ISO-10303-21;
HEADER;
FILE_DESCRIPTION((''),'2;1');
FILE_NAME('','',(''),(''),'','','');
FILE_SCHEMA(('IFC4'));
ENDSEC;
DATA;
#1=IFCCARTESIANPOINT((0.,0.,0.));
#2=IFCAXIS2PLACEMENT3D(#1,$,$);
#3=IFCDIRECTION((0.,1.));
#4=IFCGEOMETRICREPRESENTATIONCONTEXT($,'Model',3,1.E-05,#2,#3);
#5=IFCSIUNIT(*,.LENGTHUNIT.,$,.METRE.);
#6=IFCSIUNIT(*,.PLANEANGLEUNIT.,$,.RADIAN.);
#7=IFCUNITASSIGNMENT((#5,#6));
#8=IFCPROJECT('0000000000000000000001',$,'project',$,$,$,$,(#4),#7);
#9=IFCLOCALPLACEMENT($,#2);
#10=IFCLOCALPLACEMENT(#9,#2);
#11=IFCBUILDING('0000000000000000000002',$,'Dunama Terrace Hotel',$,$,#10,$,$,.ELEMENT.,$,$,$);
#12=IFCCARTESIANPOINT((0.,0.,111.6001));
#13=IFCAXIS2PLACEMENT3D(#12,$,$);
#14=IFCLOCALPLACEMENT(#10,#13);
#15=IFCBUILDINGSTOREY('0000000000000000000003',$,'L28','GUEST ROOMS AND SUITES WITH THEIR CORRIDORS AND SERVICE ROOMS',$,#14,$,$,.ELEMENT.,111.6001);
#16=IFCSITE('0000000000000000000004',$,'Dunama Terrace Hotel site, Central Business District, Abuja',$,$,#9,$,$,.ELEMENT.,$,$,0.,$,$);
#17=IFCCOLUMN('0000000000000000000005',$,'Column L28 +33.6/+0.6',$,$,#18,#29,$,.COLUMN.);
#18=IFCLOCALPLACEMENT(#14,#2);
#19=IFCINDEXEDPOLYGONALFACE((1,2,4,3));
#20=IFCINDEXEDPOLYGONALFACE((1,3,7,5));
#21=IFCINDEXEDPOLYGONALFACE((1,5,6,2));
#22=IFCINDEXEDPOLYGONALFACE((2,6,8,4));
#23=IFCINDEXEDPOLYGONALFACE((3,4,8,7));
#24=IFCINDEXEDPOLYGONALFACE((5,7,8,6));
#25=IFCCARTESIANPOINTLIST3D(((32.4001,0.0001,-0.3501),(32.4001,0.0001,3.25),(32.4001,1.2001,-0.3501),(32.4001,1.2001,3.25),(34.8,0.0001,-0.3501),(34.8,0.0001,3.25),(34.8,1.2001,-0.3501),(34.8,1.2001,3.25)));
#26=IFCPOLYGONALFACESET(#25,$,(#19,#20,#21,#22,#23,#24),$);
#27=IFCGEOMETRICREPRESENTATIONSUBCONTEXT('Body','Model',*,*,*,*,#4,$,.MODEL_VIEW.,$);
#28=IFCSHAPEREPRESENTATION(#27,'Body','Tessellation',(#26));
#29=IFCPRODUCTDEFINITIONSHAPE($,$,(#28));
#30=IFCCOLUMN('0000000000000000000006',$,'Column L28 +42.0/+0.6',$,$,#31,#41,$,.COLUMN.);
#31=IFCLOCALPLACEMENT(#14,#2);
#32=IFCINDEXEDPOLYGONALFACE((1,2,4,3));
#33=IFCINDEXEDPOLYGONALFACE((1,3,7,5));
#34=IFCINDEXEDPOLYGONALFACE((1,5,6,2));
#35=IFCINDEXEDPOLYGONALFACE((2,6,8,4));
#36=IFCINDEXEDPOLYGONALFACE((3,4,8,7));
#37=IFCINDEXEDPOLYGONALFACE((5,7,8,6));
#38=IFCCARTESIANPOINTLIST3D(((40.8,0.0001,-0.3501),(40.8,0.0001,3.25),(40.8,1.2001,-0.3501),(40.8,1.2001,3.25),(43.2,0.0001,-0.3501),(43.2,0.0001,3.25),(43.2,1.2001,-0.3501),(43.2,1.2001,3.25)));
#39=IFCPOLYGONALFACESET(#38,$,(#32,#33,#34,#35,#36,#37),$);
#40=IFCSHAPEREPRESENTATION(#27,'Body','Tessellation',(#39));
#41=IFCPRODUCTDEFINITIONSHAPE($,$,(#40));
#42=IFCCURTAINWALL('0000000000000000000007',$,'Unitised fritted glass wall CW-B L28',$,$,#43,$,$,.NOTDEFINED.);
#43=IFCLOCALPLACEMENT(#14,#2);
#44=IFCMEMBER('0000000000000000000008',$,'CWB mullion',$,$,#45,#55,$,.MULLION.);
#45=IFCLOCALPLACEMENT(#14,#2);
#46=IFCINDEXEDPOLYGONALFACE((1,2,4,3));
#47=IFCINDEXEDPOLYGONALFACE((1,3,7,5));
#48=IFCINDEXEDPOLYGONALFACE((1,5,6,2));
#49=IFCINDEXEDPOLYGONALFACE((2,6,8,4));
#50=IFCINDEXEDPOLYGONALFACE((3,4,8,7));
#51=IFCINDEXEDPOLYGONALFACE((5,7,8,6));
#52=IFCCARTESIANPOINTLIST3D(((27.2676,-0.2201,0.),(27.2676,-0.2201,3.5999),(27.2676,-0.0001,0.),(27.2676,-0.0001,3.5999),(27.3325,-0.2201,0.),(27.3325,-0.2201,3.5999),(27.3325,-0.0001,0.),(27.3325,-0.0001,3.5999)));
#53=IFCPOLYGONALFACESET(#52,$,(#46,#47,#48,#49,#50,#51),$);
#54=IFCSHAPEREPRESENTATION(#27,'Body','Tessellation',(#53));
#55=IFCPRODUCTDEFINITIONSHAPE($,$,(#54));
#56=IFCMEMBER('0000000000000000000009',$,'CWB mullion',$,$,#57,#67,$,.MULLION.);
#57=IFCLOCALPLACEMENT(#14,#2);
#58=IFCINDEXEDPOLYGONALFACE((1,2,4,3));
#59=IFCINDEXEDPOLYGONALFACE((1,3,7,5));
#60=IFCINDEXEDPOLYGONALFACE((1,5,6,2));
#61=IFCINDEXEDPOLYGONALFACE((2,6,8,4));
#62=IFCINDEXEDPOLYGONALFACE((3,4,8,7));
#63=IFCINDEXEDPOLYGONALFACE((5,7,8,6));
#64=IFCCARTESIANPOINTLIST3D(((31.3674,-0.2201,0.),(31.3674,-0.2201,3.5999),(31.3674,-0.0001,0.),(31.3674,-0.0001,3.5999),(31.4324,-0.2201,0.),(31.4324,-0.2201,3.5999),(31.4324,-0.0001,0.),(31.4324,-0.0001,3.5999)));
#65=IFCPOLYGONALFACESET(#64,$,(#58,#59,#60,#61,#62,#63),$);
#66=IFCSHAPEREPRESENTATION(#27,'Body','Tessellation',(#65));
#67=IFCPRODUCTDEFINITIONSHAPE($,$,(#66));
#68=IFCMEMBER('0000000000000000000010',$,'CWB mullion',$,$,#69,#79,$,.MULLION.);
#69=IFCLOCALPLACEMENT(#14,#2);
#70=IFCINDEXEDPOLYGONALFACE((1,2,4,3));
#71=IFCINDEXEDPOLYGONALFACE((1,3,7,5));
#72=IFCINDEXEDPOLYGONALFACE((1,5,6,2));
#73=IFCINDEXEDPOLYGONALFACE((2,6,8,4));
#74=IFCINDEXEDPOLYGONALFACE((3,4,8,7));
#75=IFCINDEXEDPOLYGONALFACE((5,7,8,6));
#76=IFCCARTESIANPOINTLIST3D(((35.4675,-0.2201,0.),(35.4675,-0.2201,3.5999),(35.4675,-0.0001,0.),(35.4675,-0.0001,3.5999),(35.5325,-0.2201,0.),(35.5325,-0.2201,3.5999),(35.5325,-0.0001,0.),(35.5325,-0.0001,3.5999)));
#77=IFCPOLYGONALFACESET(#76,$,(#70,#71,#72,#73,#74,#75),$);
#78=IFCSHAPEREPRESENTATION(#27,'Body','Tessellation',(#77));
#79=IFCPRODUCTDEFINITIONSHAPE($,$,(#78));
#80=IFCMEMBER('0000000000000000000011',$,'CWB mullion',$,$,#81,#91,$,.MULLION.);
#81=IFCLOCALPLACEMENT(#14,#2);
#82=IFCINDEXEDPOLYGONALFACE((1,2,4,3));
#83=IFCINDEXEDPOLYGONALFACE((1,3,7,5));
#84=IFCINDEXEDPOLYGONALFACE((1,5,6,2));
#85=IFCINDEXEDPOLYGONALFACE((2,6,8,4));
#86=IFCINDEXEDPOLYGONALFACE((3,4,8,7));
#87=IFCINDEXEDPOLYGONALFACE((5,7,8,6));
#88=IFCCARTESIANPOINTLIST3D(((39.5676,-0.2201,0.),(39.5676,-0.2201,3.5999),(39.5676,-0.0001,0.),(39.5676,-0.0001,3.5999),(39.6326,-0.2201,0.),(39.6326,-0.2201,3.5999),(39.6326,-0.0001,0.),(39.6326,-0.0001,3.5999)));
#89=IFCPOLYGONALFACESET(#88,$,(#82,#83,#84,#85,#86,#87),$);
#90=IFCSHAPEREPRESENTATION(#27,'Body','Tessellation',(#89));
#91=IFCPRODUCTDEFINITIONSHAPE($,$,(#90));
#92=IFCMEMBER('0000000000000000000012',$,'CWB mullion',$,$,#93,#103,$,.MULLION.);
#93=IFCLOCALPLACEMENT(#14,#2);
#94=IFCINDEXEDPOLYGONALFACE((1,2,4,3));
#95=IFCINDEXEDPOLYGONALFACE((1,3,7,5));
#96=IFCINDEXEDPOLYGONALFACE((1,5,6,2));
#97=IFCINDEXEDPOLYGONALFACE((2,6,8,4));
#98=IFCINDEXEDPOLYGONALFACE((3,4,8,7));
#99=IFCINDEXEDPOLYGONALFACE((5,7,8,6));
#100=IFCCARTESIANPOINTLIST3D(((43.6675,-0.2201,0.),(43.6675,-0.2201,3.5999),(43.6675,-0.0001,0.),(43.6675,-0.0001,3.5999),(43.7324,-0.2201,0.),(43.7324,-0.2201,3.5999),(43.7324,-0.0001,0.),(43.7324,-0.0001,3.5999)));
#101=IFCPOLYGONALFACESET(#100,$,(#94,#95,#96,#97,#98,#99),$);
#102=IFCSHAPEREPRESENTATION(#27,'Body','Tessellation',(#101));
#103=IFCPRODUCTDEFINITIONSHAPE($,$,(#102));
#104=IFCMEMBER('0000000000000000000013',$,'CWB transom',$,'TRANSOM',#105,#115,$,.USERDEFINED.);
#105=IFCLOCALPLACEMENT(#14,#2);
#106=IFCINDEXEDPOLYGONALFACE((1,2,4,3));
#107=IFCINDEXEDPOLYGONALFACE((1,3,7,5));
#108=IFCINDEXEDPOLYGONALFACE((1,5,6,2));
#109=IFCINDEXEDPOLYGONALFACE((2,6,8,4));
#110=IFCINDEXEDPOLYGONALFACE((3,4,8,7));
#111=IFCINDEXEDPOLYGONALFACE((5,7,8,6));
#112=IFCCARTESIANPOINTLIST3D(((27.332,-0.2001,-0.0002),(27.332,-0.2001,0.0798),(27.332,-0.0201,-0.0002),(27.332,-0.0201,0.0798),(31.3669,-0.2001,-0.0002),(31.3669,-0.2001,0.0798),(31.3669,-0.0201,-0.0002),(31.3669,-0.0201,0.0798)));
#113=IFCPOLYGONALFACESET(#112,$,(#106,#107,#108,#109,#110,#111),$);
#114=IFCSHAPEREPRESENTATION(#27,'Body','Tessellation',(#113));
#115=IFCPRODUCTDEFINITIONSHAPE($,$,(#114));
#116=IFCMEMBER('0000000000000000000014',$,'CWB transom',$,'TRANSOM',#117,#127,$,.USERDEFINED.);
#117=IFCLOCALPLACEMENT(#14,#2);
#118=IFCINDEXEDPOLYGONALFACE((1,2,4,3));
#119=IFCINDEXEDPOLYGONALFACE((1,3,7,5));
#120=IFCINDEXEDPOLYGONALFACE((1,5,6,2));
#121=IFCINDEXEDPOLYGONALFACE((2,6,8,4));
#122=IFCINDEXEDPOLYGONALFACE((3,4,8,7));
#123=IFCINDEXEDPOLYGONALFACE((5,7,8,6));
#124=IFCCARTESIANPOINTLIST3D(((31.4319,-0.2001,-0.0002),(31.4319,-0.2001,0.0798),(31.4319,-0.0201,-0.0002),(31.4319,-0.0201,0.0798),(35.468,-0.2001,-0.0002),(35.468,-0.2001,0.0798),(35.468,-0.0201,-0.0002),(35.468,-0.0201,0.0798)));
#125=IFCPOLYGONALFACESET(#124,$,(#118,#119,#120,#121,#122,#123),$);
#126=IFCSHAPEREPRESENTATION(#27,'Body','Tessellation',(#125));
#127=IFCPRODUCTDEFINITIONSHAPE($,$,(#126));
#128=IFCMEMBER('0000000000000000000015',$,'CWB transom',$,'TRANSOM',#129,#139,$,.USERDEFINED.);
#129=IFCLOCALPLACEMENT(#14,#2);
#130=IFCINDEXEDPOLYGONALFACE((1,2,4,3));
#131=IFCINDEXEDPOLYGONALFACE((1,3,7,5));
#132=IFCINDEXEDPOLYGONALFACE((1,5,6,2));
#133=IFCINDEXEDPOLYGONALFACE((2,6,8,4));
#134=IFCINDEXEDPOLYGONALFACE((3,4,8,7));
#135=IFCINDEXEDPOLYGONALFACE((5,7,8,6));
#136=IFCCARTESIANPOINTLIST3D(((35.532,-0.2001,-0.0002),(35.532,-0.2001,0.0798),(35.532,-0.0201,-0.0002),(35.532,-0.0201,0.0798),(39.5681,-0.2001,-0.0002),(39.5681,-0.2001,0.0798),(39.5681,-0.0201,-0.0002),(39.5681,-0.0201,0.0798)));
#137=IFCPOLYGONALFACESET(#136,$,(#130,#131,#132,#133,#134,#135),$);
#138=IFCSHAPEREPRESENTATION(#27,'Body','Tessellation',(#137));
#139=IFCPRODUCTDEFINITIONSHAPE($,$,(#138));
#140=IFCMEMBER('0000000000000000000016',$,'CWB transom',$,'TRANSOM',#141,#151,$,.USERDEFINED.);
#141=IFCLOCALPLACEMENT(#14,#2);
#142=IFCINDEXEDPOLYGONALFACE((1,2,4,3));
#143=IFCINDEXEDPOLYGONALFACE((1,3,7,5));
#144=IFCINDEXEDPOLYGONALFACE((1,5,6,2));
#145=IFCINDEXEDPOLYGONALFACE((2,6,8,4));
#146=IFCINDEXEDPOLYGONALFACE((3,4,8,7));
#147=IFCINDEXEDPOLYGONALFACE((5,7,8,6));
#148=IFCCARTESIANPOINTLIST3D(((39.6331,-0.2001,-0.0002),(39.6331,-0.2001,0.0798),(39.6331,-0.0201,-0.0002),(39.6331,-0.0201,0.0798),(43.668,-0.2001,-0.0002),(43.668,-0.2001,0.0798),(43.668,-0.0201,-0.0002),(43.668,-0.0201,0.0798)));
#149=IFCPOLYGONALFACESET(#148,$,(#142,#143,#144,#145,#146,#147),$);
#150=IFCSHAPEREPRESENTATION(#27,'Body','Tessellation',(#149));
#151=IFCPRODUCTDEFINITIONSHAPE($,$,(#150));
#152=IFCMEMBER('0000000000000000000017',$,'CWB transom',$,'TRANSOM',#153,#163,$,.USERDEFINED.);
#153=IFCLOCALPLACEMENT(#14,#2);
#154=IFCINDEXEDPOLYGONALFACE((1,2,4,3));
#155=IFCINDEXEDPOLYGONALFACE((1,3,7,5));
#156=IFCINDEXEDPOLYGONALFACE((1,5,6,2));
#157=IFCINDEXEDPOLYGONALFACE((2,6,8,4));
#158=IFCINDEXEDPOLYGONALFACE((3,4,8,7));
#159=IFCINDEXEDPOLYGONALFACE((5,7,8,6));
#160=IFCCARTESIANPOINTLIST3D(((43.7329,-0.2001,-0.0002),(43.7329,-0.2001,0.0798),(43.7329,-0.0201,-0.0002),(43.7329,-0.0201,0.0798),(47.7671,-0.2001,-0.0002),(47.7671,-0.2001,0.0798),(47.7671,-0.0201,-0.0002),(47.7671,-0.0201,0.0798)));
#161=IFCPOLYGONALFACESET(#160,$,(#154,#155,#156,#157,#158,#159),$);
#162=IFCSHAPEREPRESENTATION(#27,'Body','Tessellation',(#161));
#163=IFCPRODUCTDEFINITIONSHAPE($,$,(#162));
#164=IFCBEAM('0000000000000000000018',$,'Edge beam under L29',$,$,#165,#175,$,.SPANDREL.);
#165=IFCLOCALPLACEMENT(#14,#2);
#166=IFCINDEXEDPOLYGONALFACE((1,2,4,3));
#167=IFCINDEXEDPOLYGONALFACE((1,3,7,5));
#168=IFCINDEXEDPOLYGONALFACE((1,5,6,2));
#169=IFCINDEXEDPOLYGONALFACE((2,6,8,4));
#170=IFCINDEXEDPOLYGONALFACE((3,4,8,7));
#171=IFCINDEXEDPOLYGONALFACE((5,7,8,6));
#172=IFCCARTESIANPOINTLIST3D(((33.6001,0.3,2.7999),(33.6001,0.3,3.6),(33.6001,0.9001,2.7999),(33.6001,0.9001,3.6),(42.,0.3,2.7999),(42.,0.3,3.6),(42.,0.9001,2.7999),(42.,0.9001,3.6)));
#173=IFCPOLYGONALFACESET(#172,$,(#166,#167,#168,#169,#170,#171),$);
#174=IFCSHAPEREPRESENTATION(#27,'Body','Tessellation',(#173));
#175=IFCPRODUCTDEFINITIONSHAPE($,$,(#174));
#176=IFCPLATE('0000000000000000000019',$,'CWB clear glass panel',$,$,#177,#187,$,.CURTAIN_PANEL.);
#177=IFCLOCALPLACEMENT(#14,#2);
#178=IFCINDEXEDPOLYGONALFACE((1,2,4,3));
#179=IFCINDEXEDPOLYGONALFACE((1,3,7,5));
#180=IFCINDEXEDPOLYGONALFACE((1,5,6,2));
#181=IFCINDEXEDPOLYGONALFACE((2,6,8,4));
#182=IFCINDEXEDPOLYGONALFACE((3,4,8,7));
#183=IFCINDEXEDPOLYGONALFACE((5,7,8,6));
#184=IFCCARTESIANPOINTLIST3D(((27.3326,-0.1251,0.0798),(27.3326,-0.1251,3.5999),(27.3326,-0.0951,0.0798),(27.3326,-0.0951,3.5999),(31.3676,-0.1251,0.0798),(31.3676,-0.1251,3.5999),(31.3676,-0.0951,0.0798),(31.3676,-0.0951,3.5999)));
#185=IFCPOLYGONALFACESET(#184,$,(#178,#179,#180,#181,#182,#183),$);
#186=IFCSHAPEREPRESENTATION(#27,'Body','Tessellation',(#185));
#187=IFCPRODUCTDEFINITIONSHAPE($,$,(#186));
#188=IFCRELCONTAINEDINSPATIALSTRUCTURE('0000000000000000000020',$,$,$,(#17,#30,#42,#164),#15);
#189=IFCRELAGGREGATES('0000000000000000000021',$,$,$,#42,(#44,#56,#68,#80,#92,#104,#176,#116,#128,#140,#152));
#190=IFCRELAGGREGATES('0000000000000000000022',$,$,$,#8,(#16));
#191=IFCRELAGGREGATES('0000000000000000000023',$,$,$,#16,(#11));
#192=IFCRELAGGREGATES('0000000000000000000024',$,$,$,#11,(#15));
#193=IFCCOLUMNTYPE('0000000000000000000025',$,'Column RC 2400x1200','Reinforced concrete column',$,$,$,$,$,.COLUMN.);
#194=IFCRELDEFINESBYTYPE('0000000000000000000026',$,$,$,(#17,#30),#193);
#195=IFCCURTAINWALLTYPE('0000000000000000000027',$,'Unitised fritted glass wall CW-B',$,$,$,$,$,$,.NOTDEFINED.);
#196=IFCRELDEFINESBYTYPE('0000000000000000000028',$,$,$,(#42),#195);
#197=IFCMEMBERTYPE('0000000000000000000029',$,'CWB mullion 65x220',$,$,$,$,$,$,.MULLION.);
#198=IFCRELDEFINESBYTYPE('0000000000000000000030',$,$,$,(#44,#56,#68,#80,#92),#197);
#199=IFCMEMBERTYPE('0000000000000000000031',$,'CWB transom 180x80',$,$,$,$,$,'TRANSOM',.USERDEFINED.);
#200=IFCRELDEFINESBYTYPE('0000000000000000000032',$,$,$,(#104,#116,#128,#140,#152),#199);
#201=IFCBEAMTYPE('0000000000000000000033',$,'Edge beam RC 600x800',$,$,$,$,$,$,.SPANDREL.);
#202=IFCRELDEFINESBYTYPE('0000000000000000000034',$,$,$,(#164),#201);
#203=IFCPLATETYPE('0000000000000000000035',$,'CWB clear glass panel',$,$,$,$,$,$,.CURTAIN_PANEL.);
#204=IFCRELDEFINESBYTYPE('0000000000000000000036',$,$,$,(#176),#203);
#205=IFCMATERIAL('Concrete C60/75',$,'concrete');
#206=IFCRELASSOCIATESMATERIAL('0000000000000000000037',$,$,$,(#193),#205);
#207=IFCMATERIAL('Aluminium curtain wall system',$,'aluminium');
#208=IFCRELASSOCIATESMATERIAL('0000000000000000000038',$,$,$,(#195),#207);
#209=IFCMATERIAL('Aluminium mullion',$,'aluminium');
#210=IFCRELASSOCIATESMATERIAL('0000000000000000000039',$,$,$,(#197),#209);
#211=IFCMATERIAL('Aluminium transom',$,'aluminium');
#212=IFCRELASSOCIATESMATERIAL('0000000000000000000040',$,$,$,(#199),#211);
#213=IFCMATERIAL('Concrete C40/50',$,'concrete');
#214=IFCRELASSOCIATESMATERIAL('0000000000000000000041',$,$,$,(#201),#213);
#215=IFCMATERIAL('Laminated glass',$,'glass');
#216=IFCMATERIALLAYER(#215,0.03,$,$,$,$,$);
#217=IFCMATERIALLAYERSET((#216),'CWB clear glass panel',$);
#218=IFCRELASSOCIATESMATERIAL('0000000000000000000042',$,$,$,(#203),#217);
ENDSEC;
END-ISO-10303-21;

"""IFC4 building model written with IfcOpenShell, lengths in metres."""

from ifc_helpers import new_model, si_unit, direction, frame, origin, origin_2d, place, context, subcontext, project, spatial, rectangle, extrude, material, layer, layer_set, material_profile, profile_set, type_object, element, aggregate, save


model = new_model("IFC4")

# Units and contexts
model_context = context("Model", 3, precision=1e-05, world=origin(), true_north=direction((0.0, 1.0)))
body_context = subcontext(model_context, "Body", "Model", "MODEL_VIEW")
ifc_project = project(units=[si_unit("LENGTHUNIT", "METRE"), si_unit("PLANEANGLEUNIT", "RADIAN")], contexts=[model_context])

# Site, building, storey
site_placement = place(None, origin())
site = spatial("IfcSite", under=ifc_project, at=site_placement, Name="Dunama Terrace Hotel site, Central Business District, Abuja", CompositionType="ELEMENT", RefElevation=0.0)
building_placement = place(site_placement, origin())
building = spatial("IfcBuilding", under=site, at=building_placement, Name="Dunama Terrace Hotel", CompositionType="ELEMENT")
storey_placement = place(building_placement, frame((0.0, 0.0, 111.6001)))
storey = spatial("IfcBuildingStorey", under=building, at=storey_placement, Name="L28", Description="GUEST ROOMS AND SUITES WITH THEIR CORRIDORS AND SERVICE ROOMS", CompositionType="ELEMENT", Elevation=111.6001)

# Columns
ifc_material_1 = material(Name="Concrete C60/75", Category="concrete")
ifc_material_profile_1 = material_profile(ifc_material_1, rectangle(XDim=2.3999, YDim=1.2, at=origin_2d()), Name="RC 2400x1200")
ifc_profile_set_1 = profile_set([ifc_material_profile_1], Name="Concrete C60/75")
column_type = type_object("IfcColumnType", Name="Column RC 2400x1200", Description="Reinforced concrete column", PredefinedType="COLUMN", material=ifc_profile_set_1)
for number, where, z_axis, x_axis, name in (
    (1, (33.6001, 0.6001, -0.3501), (0.0, 0.0, 1.0), (1.0, 0.0, 0.0), "Column L28 +33.6/+0.6"),
    (2, (42.0, 0.6001, -0.3501), (0.0, 0.0, 1.0), (1.0, 0.0, 0.0), "Column L28 +42.0/+0.6"),
):
    element("IfcColumn", number, at=place(storey_placement, frame(where, z_axis=z_axis, x_axis=x_axis)), inside=storey, type_object=column_type, Name=name, PredefinedType="COLUMN", context=body_context, shape_type="SweptSolid", body=[
        extrude(rectangle(XDim=2.3999, YDim=1.2, at=origin_2d()), origin(), (0.0, 0.0, 1.0), 3.6001),
    ])

# Curtain wall, members
ifc_material_2 = material(Name="Aluminium curtain wall system", Category="aluminium")
curtain_wall_type = type_object("IfcCurtainWallType", Name="Unitised fritted glass wall CW-B", PredefinedType="NOTDEFINED", material=ifc_material_2)
curtain_wall_placement = place(storey_placement, origin())
curtain_wall = element("IfcCurtainWall", 3, at=curtain_wall_placement, inside=storey, type_object=curtain_wall_type, Name="Unitised fritted glass wall CW-B L28", PredefinedType="NOTDEFINED")
ifc_material_3 = material(Name="Aluminium mullion", Category="aluminium")
ifc_material_profile_2 = material_profile(ifc_material_3, rectangle(XDim=0.0649, YDim=0.22, at=origin_2d()), Name="CWB MULLION 65X220")
ifc_profile_set_2 = profile_set([ifc_material_profile_2], Name="Aluminium mullion")
member_type_1 = type_object("IfcMemberType", Name="CWB mullion 65x220", PredefinedType="MULLION", material=ifc_profile_set_2)
member_1_placement = place(storey_placement, frame((27.3, -0.1101, 0.0), z_axis=(0.0, 0.0, 1.0), x_axis=(1.0, 0.0, 0.0)))
member_1 = element("IfcMember", 4, at=member_1_placement, type_object=member_type_1, Name="CWB mullion", PredefinedType="MULLION", context=body_context, shape_type="SweptSolid", body=[
    extrude(rectangle(XDim=0.0649, YDim=0.22, at=origin_2d()), origin(), (0.0, 0.0, 1.0), 3.5999),
])
member_2_placement = place(storey_placement, frame((31.3999, -0.1101, 0.0), z_axis=(0.0, 0.0, 1.0), x_axis=(1.0, 0.0, 0.0)))
member_2 = element("IfcMember", 5, at=member_2_placement, type_object=member_type_1, Name="CWB mullion", PredefinedType="MULLION", context=body_context, shape_type="SweptSolid", body=[
    extrude(rectangle(XDim=0.0649, YDim=0.22, at=origin_2d()), origin(), (0.0, 0.0, 1.0), 3.5999),
])
member_3_placement = place(storey_placement, frame((35.5, -0.1101, 0.0), z_axis=(0.0, 0.0, 1.0), x_axis=(1.0, 0.0, 0.0)))
member_3 = element("IfcMember", 6, at=member_3_placement, type_object=member_type_1, Name="CWB mullion", PredefinedType="MULLION", context=body_context, shape_type="SweptSolid", body=[
    extrude(rectangle(XDim=0.0649, YDim=0.22, at=origin_2d()), origin(), (0.0, 0.0, 1.0), 3.5999),
])
member_4_placement = place(storey_placement, frame((39.6001, -0.1101, 0.0), z_axis=(0.0, 0.0, 1.0), x_axis=(1.0, 0.0, 0.0)))
member_4 = element("IfcMember", 7, at=member_4_placement, type_object=member_type_1, Name="CWB mullion", PredefinedType="MULLION", context=body_context, shape_type="SweptSolid", body=[
    extrude(rectangle(XDim=0.0649, YDim=0.22, at=origin_2d()), origin(), (0.0, 0.0, 1.0), 3.5999),
])
member_5_placement = place(storey_placement, frame((43.7, -0.1101, 0.0), z_axis=(0.0, 0.0, 1.0), x_axis=(1.0, 0.0, 0.0)))
member_5 = element("IfcMember", 8, at=member_5_placement, type_object=member_type_1, Name="CWB mullion", PredefinedType="MULLION", context=body_context, shape_type="SweptSolid", body=[
    extrude(rectangle(XDim=0.0649, YDim=0.22, at=origin_2d()), origin(), (0.0, 0.0, 1.0), 3.5999),
])
ifc_material_4 = material(Name="Aluminium transom", Category="aluminium")
ifc_material_profile_3 = material_profile(ifc_material_4, rectangle(XDim=0.1799, YDim=0.0801, at=origin_2d()), Name="CWB TRANSOM 180X80")
ifc_profile_set_3 = profile_set([ifc_material_profile_3], Name="Aluminium transom")
member_type_2 = type_object("IfcMemberType", Name="CWB transom 180x80", ElementType="TRANSOM", PredefinedType="USERDEFINED", material=ifc_profile_set_3)
member_6_placement = place(storey_placement, frame((27.332, -0.1101, 0.0398), z_axis=(1.0, 0.0, 0.0), x_axis=(0.0, 1.0, 0.0)))
member_6 = element("IfcMember", 9, at=member_6_placement, type_object=member_type_2, Name="CWB transom", ObjectType="TRANSOM", PredefinedType="USERDEFINED", context=body_context, shape_type="SweptSolid", body=[
    extrude(rectangle(XDim=0.1799, YDim=0.0801, at=origin_2d()), origin(), (0.0, 0.0, 1.0), 4.0349),
])
member_7_placement = place(storey_placement, frame((31.4319, -0.1101, 0.0398), z_axis=(1.0, 0.0, 0.0), x_axis=(0.0, 1.0, 0.0)))
member_7 = element("IfcMember", 10, at=member_7_placement, type_object=member_type_2, Name="CWB transom", ObjectType="TRANSOM", PredefinedType="USERDEFINED", context=body_context, shape_type="SweptSolid", body=[
    extrude(rectangle(XDim=0.1799, YDim=0.0801, at=origin_2d()), origin(), (0.0, 0.0, 1.0), 4.0361),
])
member_8_placement = place(storey_placement, frame((35.532, -0.1101, 0.0398), z_axis=(1.0, 0.0, 0.0), x_axis=(0.0, 1.0, 0.0)))
member_8 = element("IfcMember", 11, at=member_8_placement, type_object=member_type_2, Name="CWB transom", ObjectType="TRANSOM", PredefinedType="USERDEFINED", context=body_context, shape_type="SweptSolid", body=[
    extrude(rectangle(XDim=0.1799, YDim=0.0801, at=origin_2d()), origin(), (0.0, 0.0, 1.0), 4.0361),
])
member_9_placement = place(storey_placement, frame((39.6331, -0.1101, 0.0398), z_axis=(1.0, 0.0, 0.0), x_axis=(0.0, 1.0, 0.0)))
member_9 = element("IfcMember", 12, at=member_9_placement, type_object=member_type_2, Name="CWB transom", ObjectType="TRANSOM", PredefinedType="USERDEFINED", context=body_context, shape_type="SweptSolid", body=[
    extrude(rectangle(XDim=0.1799, YDim=0.0801, at=origin_2d()), origin(), (0.0, 0.0, 1.0), 4.0349),
])
member_10_placement = place(storey_placement, frame((43.7329, -0.1101, 0.0398), z_axis=(1.0, 0.0, 0.0), x_axis=(0.0, 1.0, 0.0)))
member_10 = element("IfcMember", 13, at=member_10_placement, type_object=member_type_2, Name="CWB transom", ObjectType="TRANSOM", PredefinedType="USERDEFINED", context=body_context, shape_type="SweptSolid", body=[
    extrude(rectangle(XDim=0.1799, YDim=0.0801, at=origin_2d()), origin(), (0.0, 0.0, 1.0), 4.0342),
])

# Beam
ifc_material_5 = material(Name="Concrete C40/50", Category="concrete")
ifc_material_profile_4 = material_profile(ifc_material_5, rectangle(XDim=0.6001, YDim=0.8, at=origin_2d()), Name="RC 600x800")
ifc_profile_set_4 = profile_set([ifc_material_profile_4], Name="Concrete C40/50")
beam_type = type_object("IfcBeamType", Name="Edge beam RC 600x800", PredefinedType="SPANDREL", material=ifc_profile_set_4)
beam_placement = place(storey_placement, frame((33.6001, 0.6001, 3.2), z_axis=(1.0, 0.0, 0.0), x_axis=(0.0, 1.0, 0.0)))
element("IfcBeam", 14, at=beam_placement, inside=storey, type_object=beam_type, Name="Edge beam under L29", PredefinedType="SPANDREL", context=body_context, shape_type="SweptSolid", body=[
    extrude(rectangle(XDim=0.6001, YDim=0.8, at=origin_2d()), origin(), (0.0, 0.0, 1.0), 8.3999),
])

# Plate
ifc_material_6 = material(Name="Laminated glass", Category="glass")
ifc_layer_1 = layer(ifc_material_6, 0.03)
ifc_layer_set_1 = layer_set([ifc_layer_1], Name="CWB clear glass panel")
plate_type_1 = type_object("IfcPlateType", Name="CWB clear glass panel", PredefinedType="CURTAIN_PANEL", material=ifc_layer_set_1)
plate_1_placement = place(storey_placement, frame((29.3501, -0.1101, 0.0798), z_axis=(0.0, 0.0, 1.0), x_axis=(1.0, 0.0, 0.0)))
plate_1 = element("IfcPlate", 15, at=plate_1_placement, type_object=plate_type_1, Name="CWB clear glass panel", PredefinedType="CURTAIN_PANEL", context=body_context, shape_type="SweptSolid", body=[
    extrude(rectangle(XDim=4.0349, YDim=0.03, at=origin_2d()), origin(), (0.0, 0.0, 1.0), 3.52),
])
aggregate(curtain_wall, [member_1, member_2, member_3, member_4, member_5, member_6, plate_1, member_7, member_8, member_9, member_10])

save(model, "model.ifc")
